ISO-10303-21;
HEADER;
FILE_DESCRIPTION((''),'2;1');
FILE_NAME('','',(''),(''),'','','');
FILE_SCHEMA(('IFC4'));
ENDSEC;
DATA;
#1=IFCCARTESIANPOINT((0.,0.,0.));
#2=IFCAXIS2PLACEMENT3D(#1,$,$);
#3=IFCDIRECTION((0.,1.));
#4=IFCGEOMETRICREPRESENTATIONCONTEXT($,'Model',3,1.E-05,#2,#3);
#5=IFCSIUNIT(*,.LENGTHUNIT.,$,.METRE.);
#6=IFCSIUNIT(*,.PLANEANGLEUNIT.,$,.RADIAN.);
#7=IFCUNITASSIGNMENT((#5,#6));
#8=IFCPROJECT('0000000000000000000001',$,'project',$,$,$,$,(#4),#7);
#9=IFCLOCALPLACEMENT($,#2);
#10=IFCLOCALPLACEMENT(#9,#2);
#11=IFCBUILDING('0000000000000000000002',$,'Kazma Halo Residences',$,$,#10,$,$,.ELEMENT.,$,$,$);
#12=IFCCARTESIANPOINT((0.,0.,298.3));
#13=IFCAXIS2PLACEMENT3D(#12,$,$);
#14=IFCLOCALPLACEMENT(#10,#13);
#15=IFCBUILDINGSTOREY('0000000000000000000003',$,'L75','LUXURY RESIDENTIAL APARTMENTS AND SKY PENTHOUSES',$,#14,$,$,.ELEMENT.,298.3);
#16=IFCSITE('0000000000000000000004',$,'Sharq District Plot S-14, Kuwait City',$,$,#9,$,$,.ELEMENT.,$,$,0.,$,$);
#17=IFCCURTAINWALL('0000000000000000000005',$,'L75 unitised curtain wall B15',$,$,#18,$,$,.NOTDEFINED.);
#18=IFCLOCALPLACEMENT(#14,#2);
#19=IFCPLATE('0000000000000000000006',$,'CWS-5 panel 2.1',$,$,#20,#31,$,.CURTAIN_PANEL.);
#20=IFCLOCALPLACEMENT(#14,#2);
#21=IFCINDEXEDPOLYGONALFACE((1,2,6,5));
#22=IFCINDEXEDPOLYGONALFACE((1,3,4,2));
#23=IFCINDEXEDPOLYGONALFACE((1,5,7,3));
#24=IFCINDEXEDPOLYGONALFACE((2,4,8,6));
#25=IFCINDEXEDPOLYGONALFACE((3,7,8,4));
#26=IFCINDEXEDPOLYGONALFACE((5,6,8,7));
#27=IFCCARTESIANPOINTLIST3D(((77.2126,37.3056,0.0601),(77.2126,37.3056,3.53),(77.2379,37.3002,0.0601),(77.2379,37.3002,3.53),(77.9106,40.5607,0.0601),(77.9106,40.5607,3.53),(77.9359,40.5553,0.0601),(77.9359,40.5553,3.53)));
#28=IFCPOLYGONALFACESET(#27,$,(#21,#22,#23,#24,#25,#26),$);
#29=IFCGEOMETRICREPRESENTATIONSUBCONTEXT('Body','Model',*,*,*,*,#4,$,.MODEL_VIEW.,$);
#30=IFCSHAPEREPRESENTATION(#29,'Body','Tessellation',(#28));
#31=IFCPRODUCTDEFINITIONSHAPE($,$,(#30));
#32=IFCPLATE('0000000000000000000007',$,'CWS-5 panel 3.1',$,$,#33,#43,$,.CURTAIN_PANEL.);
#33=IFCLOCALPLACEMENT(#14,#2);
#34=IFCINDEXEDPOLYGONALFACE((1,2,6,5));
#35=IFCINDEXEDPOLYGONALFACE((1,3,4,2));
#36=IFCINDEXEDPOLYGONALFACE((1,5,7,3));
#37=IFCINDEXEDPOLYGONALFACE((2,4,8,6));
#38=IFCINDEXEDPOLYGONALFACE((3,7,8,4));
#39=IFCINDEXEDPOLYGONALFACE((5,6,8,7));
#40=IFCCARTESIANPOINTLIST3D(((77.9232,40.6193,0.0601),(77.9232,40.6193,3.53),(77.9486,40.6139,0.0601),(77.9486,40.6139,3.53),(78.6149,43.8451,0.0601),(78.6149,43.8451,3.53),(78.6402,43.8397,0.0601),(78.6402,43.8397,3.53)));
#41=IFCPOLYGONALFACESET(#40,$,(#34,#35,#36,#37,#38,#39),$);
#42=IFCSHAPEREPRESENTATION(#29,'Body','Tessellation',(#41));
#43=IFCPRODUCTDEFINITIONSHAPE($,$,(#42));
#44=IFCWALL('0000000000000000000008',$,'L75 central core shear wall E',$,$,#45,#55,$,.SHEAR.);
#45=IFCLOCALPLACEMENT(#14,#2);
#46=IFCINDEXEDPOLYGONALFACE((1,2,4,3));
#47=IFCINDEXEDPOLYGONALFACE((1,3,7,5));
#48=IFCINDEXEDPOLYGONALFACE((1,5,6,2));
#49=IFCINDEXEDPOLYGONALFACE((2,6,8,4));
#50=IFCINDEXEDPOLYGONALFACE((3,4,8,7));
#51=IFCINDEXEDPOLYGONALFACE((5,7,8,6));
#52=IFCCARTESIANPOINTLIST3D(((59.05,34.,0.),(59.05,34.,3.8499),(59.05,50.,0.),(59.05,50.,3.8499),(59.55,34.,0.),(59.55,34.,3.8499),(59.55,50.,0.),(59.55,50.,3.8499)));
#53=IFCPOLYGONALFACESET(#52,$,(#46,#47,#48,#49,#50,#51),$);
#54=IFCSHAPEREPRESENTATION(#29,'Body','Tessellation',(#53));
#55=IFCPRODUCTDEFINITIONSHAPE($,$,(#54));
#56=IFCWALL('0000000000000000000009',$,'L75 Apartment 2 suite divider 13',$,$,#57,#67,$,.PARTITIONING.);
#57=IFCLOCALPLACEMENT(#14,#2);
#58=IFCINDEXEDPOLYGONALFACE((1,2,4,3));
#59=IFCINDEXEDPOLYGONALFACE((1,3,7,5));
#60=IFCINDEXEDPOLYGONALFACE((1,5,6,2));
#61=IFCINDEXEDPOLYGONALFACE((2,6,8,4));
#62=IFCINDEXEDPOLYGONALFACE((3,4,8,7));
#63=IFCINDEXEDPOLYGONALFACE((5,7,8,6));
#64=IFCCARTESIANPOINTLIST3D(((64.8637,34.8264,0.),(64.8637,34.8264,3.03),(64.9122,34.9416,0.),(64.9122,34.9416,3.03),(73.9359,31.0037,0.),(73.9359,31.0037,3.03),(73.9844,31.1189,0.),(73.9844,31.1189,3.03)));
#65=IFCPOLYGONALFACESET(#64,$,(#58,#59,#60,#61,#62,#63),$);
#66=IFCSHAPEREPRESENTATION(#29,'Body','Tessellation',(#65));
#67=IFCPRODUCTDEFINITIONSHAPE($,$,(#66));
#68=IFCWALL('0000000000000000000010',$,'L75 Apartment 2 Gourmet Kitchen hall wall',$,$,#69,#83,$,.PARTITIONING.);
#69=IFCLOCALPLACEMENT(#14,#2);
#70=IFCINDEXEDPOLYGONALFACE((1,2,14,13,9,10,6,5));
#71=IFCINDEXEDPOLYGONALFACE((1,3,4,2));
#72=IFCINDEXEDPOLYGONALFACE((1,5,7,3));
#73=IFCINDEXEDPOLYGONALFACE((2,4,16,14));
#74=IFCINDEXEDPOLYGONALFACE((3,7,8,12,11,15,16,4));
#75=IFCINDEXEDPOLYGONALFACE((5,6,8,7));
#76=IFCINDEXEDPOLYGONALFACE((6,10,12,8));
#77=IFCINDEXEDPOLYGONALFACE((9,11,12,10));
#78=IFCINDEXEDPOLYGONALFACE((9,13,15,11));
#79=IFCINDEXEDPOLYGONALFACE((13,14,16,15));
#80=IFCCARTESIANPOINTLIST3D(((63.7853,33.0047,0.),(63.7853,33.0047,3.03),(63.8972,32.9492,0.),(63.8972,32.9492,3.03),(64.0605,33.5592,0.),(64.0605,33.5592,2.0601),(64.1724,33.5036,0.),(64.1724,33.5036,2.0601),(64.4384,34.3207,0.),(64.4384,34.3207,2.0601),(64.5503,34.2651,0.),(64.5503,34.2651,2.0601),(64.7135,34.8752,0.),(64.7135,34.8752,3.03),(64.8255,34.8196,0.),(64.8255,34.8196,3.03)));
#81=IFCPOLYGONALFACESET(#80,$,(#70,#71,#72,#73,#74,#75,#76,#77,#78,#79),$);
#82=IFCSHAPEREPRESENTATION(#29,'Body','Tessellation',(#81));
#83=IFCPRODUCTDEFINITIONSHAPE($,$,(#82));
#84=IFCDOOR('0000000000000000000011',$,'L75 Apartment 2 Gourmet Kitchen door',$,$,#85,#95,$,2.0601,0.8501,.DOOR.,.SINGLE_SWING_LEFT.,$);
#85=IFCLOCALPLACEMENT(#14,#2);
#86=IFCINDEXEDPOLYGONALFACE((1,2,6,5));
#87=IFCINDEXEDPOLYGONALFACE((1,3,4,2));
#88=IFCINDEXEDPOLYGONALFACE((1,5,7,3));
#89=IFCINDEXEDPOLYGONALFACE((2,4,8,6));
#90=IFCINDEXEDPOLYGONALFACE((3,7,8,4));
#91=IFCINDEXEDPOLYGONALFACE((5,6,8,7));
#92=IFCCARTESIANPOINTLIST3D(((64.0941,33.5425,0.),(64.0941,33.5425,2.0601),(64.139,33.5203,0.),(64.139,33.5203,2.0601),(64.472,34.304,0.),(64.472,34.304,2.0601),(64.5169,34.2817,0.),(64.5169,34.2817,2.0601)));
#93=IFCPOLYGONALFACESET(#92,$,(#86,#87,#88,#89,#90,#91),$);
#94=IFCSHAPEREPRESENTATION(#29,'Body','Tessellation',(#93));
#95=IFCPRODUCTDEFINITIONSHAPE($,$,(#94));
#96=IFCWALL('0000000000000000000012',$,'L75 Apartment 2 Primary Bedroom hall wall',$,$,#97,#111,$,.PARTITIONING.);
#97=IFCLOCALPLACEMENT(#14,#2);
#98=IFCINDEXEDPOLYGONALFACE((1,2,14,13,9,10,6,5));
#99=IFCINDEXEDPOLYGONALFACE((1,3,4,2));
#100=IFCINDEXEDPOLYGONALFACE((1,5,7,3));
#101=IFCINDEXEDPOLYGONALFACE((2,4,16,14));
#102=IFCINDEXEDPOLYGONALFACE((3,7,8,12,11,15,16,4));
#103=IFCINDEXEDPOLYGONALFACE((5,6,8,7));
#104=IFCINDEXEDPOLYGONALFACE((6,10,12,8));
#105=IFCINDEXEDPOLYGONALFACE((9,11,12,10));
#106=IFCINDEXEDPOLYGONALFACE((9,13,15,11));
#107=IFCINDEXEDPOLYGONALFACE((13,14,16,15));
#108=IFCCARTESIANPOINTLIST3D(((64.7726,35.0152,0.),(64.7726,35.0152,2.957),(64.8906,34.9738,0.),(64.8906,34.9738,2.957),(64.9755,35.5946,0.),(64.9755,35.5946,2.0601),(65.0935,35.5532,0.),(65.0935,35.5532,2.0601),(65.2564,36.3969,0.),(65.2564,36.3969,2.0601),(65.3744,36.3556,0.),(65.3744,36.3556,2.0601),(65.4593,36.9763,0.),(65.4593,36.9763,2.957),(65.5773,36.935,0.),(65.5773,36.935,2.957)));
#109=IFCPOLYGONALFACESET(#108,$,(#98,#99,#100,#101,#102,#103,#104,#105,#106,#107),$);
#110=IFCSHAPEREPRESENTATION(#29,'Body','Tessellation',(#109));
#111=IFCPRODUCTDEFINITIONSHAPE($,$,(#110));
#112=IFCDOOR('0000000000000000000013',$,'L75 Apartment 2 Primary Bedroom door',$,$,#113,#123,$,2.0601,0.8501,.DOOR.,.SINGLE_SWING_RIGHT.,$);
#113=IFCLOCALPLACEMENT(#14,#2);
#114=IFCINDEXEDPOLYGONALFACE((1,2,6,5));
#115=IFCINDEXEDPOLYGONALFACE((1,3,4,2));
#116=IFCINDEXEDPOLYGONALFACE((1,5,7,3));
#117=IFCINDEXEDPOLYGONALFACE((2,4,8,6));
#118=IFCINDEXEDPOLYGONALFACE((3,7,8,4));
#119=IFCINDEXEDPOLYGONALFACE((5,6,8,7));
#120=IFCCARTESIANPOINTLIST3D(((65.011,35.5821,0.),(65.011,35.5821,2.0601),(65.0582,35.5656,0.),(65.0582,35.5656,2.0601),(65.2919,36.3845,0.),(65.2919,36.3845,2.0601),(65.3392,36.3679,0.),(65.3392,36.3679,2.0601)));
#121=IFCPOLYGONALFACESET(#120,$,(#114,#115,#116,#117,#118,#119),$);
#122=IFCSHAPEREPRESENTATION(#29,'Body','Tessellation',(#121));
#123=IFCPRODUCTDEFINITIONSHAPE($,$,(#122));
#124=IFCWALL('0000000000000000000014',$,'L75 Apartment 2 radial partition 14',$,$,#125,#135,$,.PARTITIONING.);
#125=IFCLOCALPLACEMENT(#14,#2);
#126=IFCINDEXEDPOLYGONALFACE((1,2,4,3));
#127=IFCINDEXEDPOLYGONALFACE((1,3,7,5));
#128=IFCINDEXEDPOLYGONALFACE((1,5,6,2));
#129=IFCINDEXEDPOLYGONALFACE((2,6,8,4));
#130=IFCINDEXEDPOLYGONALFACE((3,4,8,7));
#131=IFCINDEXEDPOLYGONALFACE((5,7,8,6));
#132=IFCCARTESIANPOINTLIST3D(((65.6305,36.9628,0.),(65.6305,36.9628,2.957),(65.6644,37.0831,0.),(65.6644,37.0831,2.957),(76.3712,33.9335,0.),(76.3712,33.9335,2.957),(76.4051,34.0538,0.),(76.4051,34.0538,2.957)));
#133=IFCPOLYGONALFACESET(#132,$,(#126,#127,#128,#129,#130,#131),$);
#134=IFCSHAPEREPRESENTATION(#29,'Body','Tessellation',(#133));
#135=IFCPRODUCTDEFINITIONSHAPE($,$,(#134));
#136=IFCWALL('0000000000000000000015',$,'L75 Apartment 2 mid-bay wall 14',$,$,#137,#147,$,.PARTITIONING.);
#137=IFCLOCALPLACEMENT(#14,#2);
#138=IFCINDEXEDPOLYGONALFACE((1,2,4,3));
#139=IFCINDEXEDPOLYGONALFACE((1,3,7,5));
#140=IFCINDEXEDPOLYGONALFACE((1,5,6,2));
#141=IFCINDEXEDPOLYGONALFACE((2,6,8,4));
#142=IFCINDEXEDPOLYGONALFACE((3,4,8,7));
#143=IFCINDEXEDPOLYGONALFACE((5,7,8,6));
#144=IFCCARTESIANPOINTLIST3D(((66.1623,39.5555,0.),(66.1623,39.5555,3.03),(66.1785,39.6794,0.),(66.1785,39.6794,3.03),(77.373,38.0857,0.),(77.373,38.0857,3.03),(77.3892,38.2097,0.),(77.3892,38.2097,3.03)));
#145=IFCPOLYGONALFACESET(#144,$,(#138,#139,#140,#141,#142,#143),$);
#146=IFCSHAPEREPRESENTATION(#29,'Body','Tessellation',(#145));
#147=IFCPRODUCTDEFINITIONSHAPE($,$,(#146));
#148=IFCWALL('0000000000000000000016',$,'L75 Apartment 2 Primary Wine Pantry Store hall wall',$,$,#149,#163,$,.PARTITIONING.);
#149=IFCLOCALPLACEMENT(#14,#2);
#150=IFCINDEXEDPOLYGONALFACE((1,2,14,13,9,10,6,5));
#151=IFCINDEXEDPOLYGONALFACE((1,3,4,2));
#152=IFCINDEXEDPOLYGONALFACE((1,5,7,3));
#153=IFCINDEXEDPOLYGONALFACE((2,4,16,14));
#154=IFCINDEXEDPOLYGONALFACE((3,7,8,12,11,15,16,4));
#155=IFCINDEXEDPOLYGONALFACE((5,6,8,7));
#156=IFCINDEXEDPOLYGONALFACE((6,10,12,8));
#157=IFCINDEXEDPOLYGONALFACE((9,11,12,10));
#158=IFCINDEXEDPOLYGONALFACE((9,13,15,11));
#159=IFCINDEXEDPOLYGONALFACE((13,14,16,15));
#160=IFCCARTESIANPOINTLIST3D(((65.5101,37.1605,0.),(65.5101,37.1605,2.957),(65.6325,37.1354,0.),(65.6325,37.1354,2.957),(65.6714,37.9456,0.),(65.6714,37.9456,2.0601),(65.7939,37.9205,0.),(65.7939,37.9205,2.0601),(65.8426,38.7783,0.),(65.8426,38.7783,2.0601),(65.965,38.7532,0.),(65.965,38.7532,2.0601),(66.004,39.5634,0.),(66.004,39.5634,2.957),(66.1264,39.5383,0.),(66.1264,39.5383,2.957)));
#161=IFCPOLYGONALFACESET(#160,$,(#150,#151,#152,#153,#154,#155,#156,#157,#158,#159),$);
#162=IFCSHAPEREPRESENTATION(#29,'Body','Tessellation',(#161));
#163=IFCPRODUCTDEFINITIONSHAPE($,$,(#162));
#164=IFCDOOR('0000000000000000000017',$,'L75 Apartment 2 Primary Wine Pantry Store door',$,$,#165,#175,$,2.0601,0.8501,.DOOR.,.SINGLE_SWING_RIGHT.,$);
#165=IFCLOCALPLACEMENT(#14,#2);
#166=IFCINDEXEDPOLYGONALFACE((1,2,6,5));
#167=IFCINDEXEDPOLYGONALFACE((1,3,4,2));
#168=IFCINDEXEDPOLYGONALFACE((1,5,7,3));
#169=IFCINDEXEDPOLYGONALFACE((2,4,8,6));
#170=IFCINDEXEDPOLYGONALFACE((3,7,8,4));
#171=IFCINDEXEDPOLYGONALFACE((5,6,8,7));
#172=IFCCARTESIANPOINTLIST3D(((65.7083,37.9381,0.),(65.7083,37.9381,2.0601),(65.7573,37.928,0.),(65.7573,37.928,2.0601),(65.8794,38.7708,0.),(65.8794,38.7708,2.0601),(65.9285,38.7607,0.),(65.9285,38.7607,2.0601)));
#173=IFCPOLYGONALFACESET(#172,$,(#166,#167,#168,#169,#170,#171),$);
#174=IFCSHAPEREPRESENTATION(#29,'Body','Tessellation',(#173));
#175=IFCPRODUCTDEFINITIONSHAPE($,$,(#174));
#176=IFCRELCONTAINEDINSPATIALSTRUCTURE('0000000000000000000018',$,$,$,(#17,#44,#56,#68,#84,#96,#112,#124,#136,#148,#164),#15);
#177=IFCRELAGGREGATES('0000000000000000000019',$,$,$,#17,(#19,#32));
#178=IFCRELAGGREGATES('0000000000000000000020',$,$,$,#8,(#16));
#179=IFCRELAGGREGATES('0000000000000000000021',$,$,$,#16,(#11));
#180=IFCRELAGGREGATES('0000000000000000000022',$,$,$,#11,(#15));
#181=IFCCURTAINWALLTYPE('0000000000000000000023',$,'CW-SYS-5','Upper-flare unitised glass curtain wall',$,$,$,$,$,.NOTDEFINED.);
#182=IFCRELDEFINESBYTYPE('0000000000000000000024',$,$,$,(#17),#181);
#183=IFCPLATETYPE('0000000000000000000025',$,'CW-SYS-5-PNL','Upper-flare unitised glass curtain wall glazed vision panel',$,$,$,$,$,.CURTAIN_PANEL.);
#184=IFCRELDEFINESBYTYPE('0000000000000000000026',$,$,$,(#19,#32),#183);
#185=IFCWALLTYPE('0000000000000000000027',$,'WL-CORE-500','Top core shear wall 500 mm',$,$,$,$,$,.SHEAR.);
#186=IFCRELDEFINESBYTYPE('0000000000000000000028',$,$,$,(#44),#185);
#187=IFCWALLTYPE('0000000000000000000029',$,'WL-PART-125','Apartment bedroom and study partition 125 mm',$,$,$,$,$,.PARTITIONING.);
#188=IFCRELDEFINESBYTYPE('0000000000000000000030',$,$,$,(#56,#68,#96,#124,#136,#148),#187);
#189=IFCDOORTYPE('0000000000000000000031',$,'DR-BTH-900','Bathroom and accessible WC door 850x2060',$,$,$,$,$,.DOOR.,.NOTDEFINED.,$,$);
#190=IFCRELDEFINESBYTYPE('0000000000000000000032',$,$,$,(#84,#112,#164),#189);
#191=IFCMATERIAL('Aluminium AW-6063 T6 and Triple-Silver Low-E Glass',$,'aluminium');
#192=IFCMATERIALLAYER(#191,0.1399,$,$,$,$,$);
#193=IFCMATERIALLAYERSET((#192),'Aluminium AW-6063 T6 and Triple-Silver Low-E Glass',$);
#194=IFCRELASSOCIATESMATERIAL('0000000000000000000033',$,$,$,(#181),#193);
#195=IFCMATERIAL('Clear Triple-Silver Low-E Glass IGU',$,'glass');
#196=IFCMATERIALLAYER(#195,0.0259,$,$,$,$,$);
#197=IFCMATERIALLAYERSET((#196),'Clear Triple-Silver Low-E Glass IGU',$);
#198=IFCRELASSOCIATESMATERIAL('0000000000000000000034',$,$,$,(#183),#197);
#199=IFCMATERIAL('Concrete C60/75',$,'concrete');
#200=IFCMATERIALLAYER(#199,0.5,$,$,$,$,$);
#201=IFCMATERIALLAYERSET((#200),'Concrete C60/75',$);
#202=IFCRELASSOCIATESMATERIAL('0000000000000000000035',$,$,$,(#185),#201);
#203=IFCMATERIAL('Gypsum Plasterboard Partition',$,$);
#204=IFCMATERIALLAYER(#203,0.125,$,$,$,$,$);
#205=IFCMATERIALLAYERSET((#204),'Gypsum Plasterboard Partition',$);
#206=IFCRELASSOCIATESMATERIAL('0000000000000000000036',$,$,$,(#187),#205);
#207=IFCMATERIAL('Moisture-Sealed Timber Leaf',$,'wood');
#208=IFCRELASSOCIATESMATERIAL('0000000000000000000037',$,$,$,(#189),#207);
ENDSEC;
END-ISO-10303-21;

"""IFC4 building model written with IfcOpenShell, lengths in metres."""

from ifc_helpers import new_model, si_unit, direction, frame, frame_2d, origin, origin_2d, place, context, subcontext, project, spatial, rectangle, extrude, material, layer, layer_set, type_object, element, fill, aggregate, save


model = new_model("IFC4")

# Units and contexts
model_context = context("Model", 3, precision=1e-05, world=origin(), true_north=direction((0.0, 1.0)))
body_context = subcontext(model_context, "Body", "Model", "MODEL_VIEW")
ifc_project = project(units=[si_unit("LENGTHUNIT", "METRE"), si_unit("PLANEANGLEUNIT", "RADIAN")], contexts=[model_context])

# Site, building, storey
site_placement = place(None, origin())
site = spatial("IfcSite", under=ifc_project, at=site_placement, Name="Sharq District Plot S-14, Kuwait City", CompositionType="ELEMENT", RefElevation=0.0)
building_placement = place(site_placement, origin())
building = spatial("IfcBuilding", under=site, at=building_placement, Name="Kazma Halo Residences", CompositionType="ELEMENT")
storey_placement = place(building_placement, frame((0.0, 0.0, 298.3)))
storey = spatial("IfcBuildingStorey", under=building, at=storey_placement, Name="L75", Description="LUXURY RESIDENTIAL APARTMENTS AND SKY PENTHOUSES", CompositionType="ELEMENT", Elevation=298.3)

# Shared definitions
ifc_material_1 = material(Name="Concrete C60/75", Category="concrete")

# Curtain wall, plates
ifc_material_2 = material(Name="Aluminium AW-6063 T6 and Triple-Silver Low-E Glass", Category="aluminium")
ifc_layer_1 = layer(ifc_material_2, 0.1399)
ifc_layer_set_1 = layer_set([ifc_layer_1], Name="Aluminium AW-6063 T6 and Triple-Silver Low-E Glass")
curtain_wall_type = type_object("IfcCurtainWallType", Name="CW-SYS-5", Description="Upper-flare unitised glass curtain wall", PredefinedType="NOTDEFINED", material=ifc_layer_set_1)
curtain_wall_placement = place(storey_placement, origin())
curtain_wall = element("IfcCurtainWall", 1, at=curtain_wall_placement, inside=storey, type_object=curtain_wall_type, Name="L75 unitised curtain wall B15", PredefinedType="NOTDEFINED")
ifc_material_3 = material(Name="Clear Triple-Silver Low-E Glass IGU", Category="glass")
ifc_layer_2 = layer(ifc_material_3, 0.0259)
ifc_layer_set_2 = layer_set([ifc_layer_2], Name="Clear Triple-Silver Low-E Glass IGU")
plate_type = type_object("IfcPlateType", Name="CW-SYS-5-PNL", Description="Upper-flare unitised glass curtain wall glazed vision panel", PredefinedType="CURTAIN_PANEL", material=ifc_layer_set_2)
plate_1_placement = place(storey_placement, frame((77.5742, 38.9304, 0.0601), z_axis=(0.0, 0.0, 1.0), x_axis=(0.209657, 0.977775, 0.0)))
plate_1 = element("IfcPlate", 2, at=plate_1_placement, type_object=plate_type, Name="CWS-5 panel 2.1", PredefinedType="CURTAIN_PANEL", context=body_context, shape_type="SweptSolid", body=[
    extrude(rectangle(XDim=3.3291, YDim=0.0259, at=origin_2d()), origin(), (0.0, 0.0, 1.0), 3.47),
])
plate_2_placement = place(storey_placement, frame((78.2817, 42.2295, 0.0601), z_axis=(0.0, 0.0, 1.0), x_axis=(0.209657, 0.977775, 0.0)))
plate_2 = element("IfcPlate", 3, at=plate_2_placement, type_object=plate_type, Name="CWS-5 panel 3.1", PredefinedType="CURTAIN_PANEL", context=body_context, shape_type="SweptSolid", body=[
    extrude(rectangle(XDim=3.2991, YDim=0.0259, at=origin_2d()), origin(), (0.0, 0.0, 1.0), 3.47),
])
aggregate(curtain_wall, [plate_1, plate_2])

# Walls
ifc_layer_3 = layer(ifc_material_1, 0.5)
ifc_layer_set_3 = layer_set([ifc_layer_3], Name="Concrete C60/75")
wall_type_1 = type_object("IfcWallType", Name="WL-CORE-500", Description="Top core shear wall 500 mm", PredefinedType="SHEAR", material=ifc_layer_set_3)
wall_1_placement = place(storey_placement, frame((59.3, 34.0, 0.0), z_axis=(0.0, 0.0, 1.0), x_axis=(0.0, 1.0, 0.0)))
element("IfcWall", 4, at=wall_1_placement, inside=storey, type_object=wall_type_1, Name="L75 central core shear wall E", PredefinedType="SHEAR", context=body_context, shape_type="SweptSolid", body=[
    extrude(rectangle(XDim=16.0, YDim=0.5, at=frame_2d((8.0, 0.0))), origin(), (0.0, 0.0, 1.0), 3.8499),
])
ifc_material_4 = material(Name="Gypsum Plasterboard Partition")
ifc_layer_4 = layer(ifc_material_4, 0.125)
ifc_layer_set_4 = layer_set([ifc_layer_4], Name="Gypsum Plasterboard Partition")
wall_type_2 = type_object("IfcWallType", Name="WL-PART-125", Description="Apartment bedroom and study partition 125 mm", PredefinedType="PARTITIONING", material=ifc_layer_set_4)
wall_2_placement = place(storey_placement, frame((64.8879, 34.884, 0.0), z_axis=(0.0, 0.0, 1.0), x_axis=(0.921532, -0.388303, 0.0)))
element("IfcWall", 5, at=wall_2_placement, inside=storey, type_object=wall_type_2, Name="L75 Apartment 2 suite divider 13", PredefinedType="PARTITIONING", context=body_context, shape_type="SweptSolid", body=[
    extrude(rectangle(XDim=9.8447, YDim=0.125, at=frame_2d((4.9224, 0.0))), origin(), (0.0, 0.0, 1.0), 3.03),
])

# Walls, openings, doors
wall_3_placement = place(storey_placement, frame((63.8413, 32.9771, 0.0), z_axis=(0.0, 0.0, 1.0), x_axis=(0.444546, 0.895756, 0.0)))
wall_3 = element("IfcWall", 6, at=wall_3_placement, inside=storey, type_object=wall_type_2, Name="L75 Apartment 2 Gourmet Kitchen hall wall", PredefinedType="PARTITIONING", context=body_context, shape_type="SweptSolid", body=[
    extrude(rectangle(XDim=2.0881, YDim=0.125, at=frame_2d((1.0439, 0.0))), origin(), (0.0, 0.0, 1.0), 3.03),
])
opening_1_placement = place(wall_3_placement, frame((0.6189, 0.0, 0.0)))
opening_1 = element("IfcOpeningElement", 7, at=opening_1_placement, cuts=wall_3, PredefinedType="OPENING", context=body_context, shape_type="SweptSolid", body=[
    extrude(rectangle(XDim=0.8501, YDim=2.0601, at=frame_2d((0.425, 1.03))), frame((0.0, 0.0725, 0.0), z_axis=(0.0, -1.0, 0.0), x_axis=(1.0, 0.0, 0.0)), (0.0, 0.0, 1.0), 0.145),
])
ifc_material_5 = material(Name="Moisture-Sealed Timber Leaf", Category="wood")
door_type_1 = type_object("IfcDoorType", Name="DR-BTH-900", Description="Bathroom and accessible WC door 850x2060", OperationType="NOTDEFINED", PredefinedType="DOOR", material=ifc_material_5)
door_1_placement = place(opening_1_placement, origin())
door_1 = element("IfcDoor", 8, at=door_1_placement, inside=storey, type_object=door_type_1, Name="L75 Apartment 2 Gourmet Kitchen door", OperationType="SINGLE_SWING_LEFT", OverallHeight=2.0601, OverallWidth=0.8501, PredefinedType="DOOR", context=body_context, shape_type="SweptSolid", body=[
    extrude(rectangle(XDim=0.8501, YDim=2.0601, at=frame_2d((0.425, 1.03))), frame((0.0, 0.0249, 0.0), z_axis=(0.0, -1.0, 0.0), x_axis=(1.0, 0.0, 0.0)), (0.0, 0.0, 1.0), 0.05),
])
fill(opening_1, door_1)
wall_4_placement = place(storey_placement, frame((64.8315, 34.9944, 0.0), z_axis=(0.0, 0.0, 1.0), x_axis=(0.330502, 0.943805, 0.0)))
wall_4 = element("IfcWall", 9, at=wall_4_placement, inside=storey, type_object=wall_type_2, Name="L75 Apartment 2 Primary Bedroom hall wall", PredefinedType="PARTITIONING", context=body_context, shape_type="SweptSolid", body=[
    extrude(rectangle(XDim=2.0779, YDim=0.125, at=frame_2d((1.0391, 0.0))), origin(), (0.0, 0.0, 1.0), 2.957),
])
opening_2_placement = place(wall_4_placement, frame((0.614, 0.0, 0.0)))
opening_2 = element("IfcOpeningElement", 10, at=opening_2_placement, cuts=wall_4, PredefinedType="OPENING", context=body_context, shape_type="SweptSolid", body=[
    extrude(rectangle(XDim=0.8501, YDim=2.0601, at=frame_2d((0.425, 1.03))), frame((0.0, 0.0725, 0.0), z_axis=(0.0, -1.0, 0.0), x_axis=(1.0, 0.0, 0.0)), (0.0, 0.0, 1.0), 0.145),
])
door_2_placement = place(opening_2_placement, origin())
door_2 = element("IfcDoor", 11, at=door_2_placement, inside=storey, type_object=door_type_1, Name="L75 Apartment 2 Primary Bedroom door", OperationType="SINGLE_SWING_RIGHT", OverallHeight=2.0601, OverallWidth=0.8501, PredefinedType="DOOR", context=body_context, shape_type="SweptSolid", body=[
    extrude(rectangle(XDim=0.8501, YDim=2.0601, at=frame_2d((0.425, 1.03))), frame((0.0, 0.0249, 0.0), z_axis=(0.0, -1.0, 0.0), x_axis=(1.0, 0.0, 0.0)), (0.0, 0.0, 1.0), 0.05),
])
fill(opening_2, door_2)

# Walls
wall_5_placement = place(storey_placement, frame((65.6475, 37.0229, 0.0), z_axis=(0.0, 0.0, 1.0), x_axis=(0.962453, -0.271449, 0.0)))
element("IfcWall", 12, at=wall_5_placement, inside=storey, type_object=wall_type_2, Name="L75 Apartment 2 radial partition 14", PredefinedType="PARTITIONING", context=body_context, shape_type="SweptSolid", body=[
    extrude(rectangle(XDim=11.1597, YDim=0.125, at=frame_2d((5.5798, 0.0))), origin(), (0.0, 0.0, 1.0), 2.957),
])
wall_6_placement = place(storey_placement, frame((66.1704, 39.6174, 0.0), z_axis=(0.0, 0.0, 1.0), x_axis=(0.991516, -0.129988, 0.0)))
element("IfcWall", 13, at=wall_6_placement, inside=storey, type_object=wall_type_2, Name="L75 Apartment 2 mid-bay wall 14", PredefinedType="PARTITIONING", context=body_context, shape_type="SweptSolid", body=[
    extrude(rectangle(XDim=11.3066, YDim=0.125, at=frame_2d((5.6533, 0.0))), origin(), (0.0, 0.0, 1.0), 3.03),
])

# Wall, opening, door
wall_7_placement = place(storey_placement, frame((65.5713, 37.1479, 0.0), z_axis=(0.0, 0.0, 1.0), x_axis=(0.201338, 0.979522, 0.0)))
wall_7 = element("IfcWall", 14, at=wall_7_placement, inside=storey, type_object=wall_type_2, Name="L75 Apartment 2 Primary Wine Pantry Store hall wall", PredefinedType="PARTITIONING", context=body_context, shape_type="SweptSolid", body=[
    extrude(rectangle(XDim=2.4531, YDim=0.125, at=frame_2d((1.2266, 0.0))), origin(), (0.0, 0.0, 1.0), 2.957),
])
opening_3_placement = place(wall_7_placement, frame((0.8015, 0.0, 0.0)))
opening_3 = element("IfcOpeningElement", 15, at=opening_3_placement, cuts=wall_7, PredefinedType="OPENING", context=body_context, shape_type="SweptSolid", body=[
    extrude(rectangle(XDim=0.8501, YDim=2.0601, at=frame_2d((0.425, 1.03))), frame((0.0, 0.0725, 0.0), z_axis=(0.0, -1.0, 0.0), x_axis=(1.0, 0.0, 0.0)), (0.0, 0.0, 1.0), 0.145),
])
door_3_placement = place(opening_3_placement, origin())
door_3 = element("IfcDoor", 16, at=door_3_placement, inside=storey, type_object=door_type_1, Name="L75 Apartment 2 Primary Wine Pantry Store door", OperationType="SINGLE_SWING_RIGHT", OverallHeight=2.0601, OverallWidth=0.8501, PredefinedType="DOOR", context=body_context, shape_type="SweptSolid", body=[
    extrude(rectangle(XDim=0.8501, YDim=2.0601, at=frame_2d((0.425, 1.03))), frame((0.0, 0.0249, 0.0), z_axis=(0.0, -1.0, 0.0), x_axis=(1.0, 0.0, 0.0)), (0.0, 0.0, 1.0), 0.05),
])
fill(opening_3, door_3)

save(model, "model.ifc")
